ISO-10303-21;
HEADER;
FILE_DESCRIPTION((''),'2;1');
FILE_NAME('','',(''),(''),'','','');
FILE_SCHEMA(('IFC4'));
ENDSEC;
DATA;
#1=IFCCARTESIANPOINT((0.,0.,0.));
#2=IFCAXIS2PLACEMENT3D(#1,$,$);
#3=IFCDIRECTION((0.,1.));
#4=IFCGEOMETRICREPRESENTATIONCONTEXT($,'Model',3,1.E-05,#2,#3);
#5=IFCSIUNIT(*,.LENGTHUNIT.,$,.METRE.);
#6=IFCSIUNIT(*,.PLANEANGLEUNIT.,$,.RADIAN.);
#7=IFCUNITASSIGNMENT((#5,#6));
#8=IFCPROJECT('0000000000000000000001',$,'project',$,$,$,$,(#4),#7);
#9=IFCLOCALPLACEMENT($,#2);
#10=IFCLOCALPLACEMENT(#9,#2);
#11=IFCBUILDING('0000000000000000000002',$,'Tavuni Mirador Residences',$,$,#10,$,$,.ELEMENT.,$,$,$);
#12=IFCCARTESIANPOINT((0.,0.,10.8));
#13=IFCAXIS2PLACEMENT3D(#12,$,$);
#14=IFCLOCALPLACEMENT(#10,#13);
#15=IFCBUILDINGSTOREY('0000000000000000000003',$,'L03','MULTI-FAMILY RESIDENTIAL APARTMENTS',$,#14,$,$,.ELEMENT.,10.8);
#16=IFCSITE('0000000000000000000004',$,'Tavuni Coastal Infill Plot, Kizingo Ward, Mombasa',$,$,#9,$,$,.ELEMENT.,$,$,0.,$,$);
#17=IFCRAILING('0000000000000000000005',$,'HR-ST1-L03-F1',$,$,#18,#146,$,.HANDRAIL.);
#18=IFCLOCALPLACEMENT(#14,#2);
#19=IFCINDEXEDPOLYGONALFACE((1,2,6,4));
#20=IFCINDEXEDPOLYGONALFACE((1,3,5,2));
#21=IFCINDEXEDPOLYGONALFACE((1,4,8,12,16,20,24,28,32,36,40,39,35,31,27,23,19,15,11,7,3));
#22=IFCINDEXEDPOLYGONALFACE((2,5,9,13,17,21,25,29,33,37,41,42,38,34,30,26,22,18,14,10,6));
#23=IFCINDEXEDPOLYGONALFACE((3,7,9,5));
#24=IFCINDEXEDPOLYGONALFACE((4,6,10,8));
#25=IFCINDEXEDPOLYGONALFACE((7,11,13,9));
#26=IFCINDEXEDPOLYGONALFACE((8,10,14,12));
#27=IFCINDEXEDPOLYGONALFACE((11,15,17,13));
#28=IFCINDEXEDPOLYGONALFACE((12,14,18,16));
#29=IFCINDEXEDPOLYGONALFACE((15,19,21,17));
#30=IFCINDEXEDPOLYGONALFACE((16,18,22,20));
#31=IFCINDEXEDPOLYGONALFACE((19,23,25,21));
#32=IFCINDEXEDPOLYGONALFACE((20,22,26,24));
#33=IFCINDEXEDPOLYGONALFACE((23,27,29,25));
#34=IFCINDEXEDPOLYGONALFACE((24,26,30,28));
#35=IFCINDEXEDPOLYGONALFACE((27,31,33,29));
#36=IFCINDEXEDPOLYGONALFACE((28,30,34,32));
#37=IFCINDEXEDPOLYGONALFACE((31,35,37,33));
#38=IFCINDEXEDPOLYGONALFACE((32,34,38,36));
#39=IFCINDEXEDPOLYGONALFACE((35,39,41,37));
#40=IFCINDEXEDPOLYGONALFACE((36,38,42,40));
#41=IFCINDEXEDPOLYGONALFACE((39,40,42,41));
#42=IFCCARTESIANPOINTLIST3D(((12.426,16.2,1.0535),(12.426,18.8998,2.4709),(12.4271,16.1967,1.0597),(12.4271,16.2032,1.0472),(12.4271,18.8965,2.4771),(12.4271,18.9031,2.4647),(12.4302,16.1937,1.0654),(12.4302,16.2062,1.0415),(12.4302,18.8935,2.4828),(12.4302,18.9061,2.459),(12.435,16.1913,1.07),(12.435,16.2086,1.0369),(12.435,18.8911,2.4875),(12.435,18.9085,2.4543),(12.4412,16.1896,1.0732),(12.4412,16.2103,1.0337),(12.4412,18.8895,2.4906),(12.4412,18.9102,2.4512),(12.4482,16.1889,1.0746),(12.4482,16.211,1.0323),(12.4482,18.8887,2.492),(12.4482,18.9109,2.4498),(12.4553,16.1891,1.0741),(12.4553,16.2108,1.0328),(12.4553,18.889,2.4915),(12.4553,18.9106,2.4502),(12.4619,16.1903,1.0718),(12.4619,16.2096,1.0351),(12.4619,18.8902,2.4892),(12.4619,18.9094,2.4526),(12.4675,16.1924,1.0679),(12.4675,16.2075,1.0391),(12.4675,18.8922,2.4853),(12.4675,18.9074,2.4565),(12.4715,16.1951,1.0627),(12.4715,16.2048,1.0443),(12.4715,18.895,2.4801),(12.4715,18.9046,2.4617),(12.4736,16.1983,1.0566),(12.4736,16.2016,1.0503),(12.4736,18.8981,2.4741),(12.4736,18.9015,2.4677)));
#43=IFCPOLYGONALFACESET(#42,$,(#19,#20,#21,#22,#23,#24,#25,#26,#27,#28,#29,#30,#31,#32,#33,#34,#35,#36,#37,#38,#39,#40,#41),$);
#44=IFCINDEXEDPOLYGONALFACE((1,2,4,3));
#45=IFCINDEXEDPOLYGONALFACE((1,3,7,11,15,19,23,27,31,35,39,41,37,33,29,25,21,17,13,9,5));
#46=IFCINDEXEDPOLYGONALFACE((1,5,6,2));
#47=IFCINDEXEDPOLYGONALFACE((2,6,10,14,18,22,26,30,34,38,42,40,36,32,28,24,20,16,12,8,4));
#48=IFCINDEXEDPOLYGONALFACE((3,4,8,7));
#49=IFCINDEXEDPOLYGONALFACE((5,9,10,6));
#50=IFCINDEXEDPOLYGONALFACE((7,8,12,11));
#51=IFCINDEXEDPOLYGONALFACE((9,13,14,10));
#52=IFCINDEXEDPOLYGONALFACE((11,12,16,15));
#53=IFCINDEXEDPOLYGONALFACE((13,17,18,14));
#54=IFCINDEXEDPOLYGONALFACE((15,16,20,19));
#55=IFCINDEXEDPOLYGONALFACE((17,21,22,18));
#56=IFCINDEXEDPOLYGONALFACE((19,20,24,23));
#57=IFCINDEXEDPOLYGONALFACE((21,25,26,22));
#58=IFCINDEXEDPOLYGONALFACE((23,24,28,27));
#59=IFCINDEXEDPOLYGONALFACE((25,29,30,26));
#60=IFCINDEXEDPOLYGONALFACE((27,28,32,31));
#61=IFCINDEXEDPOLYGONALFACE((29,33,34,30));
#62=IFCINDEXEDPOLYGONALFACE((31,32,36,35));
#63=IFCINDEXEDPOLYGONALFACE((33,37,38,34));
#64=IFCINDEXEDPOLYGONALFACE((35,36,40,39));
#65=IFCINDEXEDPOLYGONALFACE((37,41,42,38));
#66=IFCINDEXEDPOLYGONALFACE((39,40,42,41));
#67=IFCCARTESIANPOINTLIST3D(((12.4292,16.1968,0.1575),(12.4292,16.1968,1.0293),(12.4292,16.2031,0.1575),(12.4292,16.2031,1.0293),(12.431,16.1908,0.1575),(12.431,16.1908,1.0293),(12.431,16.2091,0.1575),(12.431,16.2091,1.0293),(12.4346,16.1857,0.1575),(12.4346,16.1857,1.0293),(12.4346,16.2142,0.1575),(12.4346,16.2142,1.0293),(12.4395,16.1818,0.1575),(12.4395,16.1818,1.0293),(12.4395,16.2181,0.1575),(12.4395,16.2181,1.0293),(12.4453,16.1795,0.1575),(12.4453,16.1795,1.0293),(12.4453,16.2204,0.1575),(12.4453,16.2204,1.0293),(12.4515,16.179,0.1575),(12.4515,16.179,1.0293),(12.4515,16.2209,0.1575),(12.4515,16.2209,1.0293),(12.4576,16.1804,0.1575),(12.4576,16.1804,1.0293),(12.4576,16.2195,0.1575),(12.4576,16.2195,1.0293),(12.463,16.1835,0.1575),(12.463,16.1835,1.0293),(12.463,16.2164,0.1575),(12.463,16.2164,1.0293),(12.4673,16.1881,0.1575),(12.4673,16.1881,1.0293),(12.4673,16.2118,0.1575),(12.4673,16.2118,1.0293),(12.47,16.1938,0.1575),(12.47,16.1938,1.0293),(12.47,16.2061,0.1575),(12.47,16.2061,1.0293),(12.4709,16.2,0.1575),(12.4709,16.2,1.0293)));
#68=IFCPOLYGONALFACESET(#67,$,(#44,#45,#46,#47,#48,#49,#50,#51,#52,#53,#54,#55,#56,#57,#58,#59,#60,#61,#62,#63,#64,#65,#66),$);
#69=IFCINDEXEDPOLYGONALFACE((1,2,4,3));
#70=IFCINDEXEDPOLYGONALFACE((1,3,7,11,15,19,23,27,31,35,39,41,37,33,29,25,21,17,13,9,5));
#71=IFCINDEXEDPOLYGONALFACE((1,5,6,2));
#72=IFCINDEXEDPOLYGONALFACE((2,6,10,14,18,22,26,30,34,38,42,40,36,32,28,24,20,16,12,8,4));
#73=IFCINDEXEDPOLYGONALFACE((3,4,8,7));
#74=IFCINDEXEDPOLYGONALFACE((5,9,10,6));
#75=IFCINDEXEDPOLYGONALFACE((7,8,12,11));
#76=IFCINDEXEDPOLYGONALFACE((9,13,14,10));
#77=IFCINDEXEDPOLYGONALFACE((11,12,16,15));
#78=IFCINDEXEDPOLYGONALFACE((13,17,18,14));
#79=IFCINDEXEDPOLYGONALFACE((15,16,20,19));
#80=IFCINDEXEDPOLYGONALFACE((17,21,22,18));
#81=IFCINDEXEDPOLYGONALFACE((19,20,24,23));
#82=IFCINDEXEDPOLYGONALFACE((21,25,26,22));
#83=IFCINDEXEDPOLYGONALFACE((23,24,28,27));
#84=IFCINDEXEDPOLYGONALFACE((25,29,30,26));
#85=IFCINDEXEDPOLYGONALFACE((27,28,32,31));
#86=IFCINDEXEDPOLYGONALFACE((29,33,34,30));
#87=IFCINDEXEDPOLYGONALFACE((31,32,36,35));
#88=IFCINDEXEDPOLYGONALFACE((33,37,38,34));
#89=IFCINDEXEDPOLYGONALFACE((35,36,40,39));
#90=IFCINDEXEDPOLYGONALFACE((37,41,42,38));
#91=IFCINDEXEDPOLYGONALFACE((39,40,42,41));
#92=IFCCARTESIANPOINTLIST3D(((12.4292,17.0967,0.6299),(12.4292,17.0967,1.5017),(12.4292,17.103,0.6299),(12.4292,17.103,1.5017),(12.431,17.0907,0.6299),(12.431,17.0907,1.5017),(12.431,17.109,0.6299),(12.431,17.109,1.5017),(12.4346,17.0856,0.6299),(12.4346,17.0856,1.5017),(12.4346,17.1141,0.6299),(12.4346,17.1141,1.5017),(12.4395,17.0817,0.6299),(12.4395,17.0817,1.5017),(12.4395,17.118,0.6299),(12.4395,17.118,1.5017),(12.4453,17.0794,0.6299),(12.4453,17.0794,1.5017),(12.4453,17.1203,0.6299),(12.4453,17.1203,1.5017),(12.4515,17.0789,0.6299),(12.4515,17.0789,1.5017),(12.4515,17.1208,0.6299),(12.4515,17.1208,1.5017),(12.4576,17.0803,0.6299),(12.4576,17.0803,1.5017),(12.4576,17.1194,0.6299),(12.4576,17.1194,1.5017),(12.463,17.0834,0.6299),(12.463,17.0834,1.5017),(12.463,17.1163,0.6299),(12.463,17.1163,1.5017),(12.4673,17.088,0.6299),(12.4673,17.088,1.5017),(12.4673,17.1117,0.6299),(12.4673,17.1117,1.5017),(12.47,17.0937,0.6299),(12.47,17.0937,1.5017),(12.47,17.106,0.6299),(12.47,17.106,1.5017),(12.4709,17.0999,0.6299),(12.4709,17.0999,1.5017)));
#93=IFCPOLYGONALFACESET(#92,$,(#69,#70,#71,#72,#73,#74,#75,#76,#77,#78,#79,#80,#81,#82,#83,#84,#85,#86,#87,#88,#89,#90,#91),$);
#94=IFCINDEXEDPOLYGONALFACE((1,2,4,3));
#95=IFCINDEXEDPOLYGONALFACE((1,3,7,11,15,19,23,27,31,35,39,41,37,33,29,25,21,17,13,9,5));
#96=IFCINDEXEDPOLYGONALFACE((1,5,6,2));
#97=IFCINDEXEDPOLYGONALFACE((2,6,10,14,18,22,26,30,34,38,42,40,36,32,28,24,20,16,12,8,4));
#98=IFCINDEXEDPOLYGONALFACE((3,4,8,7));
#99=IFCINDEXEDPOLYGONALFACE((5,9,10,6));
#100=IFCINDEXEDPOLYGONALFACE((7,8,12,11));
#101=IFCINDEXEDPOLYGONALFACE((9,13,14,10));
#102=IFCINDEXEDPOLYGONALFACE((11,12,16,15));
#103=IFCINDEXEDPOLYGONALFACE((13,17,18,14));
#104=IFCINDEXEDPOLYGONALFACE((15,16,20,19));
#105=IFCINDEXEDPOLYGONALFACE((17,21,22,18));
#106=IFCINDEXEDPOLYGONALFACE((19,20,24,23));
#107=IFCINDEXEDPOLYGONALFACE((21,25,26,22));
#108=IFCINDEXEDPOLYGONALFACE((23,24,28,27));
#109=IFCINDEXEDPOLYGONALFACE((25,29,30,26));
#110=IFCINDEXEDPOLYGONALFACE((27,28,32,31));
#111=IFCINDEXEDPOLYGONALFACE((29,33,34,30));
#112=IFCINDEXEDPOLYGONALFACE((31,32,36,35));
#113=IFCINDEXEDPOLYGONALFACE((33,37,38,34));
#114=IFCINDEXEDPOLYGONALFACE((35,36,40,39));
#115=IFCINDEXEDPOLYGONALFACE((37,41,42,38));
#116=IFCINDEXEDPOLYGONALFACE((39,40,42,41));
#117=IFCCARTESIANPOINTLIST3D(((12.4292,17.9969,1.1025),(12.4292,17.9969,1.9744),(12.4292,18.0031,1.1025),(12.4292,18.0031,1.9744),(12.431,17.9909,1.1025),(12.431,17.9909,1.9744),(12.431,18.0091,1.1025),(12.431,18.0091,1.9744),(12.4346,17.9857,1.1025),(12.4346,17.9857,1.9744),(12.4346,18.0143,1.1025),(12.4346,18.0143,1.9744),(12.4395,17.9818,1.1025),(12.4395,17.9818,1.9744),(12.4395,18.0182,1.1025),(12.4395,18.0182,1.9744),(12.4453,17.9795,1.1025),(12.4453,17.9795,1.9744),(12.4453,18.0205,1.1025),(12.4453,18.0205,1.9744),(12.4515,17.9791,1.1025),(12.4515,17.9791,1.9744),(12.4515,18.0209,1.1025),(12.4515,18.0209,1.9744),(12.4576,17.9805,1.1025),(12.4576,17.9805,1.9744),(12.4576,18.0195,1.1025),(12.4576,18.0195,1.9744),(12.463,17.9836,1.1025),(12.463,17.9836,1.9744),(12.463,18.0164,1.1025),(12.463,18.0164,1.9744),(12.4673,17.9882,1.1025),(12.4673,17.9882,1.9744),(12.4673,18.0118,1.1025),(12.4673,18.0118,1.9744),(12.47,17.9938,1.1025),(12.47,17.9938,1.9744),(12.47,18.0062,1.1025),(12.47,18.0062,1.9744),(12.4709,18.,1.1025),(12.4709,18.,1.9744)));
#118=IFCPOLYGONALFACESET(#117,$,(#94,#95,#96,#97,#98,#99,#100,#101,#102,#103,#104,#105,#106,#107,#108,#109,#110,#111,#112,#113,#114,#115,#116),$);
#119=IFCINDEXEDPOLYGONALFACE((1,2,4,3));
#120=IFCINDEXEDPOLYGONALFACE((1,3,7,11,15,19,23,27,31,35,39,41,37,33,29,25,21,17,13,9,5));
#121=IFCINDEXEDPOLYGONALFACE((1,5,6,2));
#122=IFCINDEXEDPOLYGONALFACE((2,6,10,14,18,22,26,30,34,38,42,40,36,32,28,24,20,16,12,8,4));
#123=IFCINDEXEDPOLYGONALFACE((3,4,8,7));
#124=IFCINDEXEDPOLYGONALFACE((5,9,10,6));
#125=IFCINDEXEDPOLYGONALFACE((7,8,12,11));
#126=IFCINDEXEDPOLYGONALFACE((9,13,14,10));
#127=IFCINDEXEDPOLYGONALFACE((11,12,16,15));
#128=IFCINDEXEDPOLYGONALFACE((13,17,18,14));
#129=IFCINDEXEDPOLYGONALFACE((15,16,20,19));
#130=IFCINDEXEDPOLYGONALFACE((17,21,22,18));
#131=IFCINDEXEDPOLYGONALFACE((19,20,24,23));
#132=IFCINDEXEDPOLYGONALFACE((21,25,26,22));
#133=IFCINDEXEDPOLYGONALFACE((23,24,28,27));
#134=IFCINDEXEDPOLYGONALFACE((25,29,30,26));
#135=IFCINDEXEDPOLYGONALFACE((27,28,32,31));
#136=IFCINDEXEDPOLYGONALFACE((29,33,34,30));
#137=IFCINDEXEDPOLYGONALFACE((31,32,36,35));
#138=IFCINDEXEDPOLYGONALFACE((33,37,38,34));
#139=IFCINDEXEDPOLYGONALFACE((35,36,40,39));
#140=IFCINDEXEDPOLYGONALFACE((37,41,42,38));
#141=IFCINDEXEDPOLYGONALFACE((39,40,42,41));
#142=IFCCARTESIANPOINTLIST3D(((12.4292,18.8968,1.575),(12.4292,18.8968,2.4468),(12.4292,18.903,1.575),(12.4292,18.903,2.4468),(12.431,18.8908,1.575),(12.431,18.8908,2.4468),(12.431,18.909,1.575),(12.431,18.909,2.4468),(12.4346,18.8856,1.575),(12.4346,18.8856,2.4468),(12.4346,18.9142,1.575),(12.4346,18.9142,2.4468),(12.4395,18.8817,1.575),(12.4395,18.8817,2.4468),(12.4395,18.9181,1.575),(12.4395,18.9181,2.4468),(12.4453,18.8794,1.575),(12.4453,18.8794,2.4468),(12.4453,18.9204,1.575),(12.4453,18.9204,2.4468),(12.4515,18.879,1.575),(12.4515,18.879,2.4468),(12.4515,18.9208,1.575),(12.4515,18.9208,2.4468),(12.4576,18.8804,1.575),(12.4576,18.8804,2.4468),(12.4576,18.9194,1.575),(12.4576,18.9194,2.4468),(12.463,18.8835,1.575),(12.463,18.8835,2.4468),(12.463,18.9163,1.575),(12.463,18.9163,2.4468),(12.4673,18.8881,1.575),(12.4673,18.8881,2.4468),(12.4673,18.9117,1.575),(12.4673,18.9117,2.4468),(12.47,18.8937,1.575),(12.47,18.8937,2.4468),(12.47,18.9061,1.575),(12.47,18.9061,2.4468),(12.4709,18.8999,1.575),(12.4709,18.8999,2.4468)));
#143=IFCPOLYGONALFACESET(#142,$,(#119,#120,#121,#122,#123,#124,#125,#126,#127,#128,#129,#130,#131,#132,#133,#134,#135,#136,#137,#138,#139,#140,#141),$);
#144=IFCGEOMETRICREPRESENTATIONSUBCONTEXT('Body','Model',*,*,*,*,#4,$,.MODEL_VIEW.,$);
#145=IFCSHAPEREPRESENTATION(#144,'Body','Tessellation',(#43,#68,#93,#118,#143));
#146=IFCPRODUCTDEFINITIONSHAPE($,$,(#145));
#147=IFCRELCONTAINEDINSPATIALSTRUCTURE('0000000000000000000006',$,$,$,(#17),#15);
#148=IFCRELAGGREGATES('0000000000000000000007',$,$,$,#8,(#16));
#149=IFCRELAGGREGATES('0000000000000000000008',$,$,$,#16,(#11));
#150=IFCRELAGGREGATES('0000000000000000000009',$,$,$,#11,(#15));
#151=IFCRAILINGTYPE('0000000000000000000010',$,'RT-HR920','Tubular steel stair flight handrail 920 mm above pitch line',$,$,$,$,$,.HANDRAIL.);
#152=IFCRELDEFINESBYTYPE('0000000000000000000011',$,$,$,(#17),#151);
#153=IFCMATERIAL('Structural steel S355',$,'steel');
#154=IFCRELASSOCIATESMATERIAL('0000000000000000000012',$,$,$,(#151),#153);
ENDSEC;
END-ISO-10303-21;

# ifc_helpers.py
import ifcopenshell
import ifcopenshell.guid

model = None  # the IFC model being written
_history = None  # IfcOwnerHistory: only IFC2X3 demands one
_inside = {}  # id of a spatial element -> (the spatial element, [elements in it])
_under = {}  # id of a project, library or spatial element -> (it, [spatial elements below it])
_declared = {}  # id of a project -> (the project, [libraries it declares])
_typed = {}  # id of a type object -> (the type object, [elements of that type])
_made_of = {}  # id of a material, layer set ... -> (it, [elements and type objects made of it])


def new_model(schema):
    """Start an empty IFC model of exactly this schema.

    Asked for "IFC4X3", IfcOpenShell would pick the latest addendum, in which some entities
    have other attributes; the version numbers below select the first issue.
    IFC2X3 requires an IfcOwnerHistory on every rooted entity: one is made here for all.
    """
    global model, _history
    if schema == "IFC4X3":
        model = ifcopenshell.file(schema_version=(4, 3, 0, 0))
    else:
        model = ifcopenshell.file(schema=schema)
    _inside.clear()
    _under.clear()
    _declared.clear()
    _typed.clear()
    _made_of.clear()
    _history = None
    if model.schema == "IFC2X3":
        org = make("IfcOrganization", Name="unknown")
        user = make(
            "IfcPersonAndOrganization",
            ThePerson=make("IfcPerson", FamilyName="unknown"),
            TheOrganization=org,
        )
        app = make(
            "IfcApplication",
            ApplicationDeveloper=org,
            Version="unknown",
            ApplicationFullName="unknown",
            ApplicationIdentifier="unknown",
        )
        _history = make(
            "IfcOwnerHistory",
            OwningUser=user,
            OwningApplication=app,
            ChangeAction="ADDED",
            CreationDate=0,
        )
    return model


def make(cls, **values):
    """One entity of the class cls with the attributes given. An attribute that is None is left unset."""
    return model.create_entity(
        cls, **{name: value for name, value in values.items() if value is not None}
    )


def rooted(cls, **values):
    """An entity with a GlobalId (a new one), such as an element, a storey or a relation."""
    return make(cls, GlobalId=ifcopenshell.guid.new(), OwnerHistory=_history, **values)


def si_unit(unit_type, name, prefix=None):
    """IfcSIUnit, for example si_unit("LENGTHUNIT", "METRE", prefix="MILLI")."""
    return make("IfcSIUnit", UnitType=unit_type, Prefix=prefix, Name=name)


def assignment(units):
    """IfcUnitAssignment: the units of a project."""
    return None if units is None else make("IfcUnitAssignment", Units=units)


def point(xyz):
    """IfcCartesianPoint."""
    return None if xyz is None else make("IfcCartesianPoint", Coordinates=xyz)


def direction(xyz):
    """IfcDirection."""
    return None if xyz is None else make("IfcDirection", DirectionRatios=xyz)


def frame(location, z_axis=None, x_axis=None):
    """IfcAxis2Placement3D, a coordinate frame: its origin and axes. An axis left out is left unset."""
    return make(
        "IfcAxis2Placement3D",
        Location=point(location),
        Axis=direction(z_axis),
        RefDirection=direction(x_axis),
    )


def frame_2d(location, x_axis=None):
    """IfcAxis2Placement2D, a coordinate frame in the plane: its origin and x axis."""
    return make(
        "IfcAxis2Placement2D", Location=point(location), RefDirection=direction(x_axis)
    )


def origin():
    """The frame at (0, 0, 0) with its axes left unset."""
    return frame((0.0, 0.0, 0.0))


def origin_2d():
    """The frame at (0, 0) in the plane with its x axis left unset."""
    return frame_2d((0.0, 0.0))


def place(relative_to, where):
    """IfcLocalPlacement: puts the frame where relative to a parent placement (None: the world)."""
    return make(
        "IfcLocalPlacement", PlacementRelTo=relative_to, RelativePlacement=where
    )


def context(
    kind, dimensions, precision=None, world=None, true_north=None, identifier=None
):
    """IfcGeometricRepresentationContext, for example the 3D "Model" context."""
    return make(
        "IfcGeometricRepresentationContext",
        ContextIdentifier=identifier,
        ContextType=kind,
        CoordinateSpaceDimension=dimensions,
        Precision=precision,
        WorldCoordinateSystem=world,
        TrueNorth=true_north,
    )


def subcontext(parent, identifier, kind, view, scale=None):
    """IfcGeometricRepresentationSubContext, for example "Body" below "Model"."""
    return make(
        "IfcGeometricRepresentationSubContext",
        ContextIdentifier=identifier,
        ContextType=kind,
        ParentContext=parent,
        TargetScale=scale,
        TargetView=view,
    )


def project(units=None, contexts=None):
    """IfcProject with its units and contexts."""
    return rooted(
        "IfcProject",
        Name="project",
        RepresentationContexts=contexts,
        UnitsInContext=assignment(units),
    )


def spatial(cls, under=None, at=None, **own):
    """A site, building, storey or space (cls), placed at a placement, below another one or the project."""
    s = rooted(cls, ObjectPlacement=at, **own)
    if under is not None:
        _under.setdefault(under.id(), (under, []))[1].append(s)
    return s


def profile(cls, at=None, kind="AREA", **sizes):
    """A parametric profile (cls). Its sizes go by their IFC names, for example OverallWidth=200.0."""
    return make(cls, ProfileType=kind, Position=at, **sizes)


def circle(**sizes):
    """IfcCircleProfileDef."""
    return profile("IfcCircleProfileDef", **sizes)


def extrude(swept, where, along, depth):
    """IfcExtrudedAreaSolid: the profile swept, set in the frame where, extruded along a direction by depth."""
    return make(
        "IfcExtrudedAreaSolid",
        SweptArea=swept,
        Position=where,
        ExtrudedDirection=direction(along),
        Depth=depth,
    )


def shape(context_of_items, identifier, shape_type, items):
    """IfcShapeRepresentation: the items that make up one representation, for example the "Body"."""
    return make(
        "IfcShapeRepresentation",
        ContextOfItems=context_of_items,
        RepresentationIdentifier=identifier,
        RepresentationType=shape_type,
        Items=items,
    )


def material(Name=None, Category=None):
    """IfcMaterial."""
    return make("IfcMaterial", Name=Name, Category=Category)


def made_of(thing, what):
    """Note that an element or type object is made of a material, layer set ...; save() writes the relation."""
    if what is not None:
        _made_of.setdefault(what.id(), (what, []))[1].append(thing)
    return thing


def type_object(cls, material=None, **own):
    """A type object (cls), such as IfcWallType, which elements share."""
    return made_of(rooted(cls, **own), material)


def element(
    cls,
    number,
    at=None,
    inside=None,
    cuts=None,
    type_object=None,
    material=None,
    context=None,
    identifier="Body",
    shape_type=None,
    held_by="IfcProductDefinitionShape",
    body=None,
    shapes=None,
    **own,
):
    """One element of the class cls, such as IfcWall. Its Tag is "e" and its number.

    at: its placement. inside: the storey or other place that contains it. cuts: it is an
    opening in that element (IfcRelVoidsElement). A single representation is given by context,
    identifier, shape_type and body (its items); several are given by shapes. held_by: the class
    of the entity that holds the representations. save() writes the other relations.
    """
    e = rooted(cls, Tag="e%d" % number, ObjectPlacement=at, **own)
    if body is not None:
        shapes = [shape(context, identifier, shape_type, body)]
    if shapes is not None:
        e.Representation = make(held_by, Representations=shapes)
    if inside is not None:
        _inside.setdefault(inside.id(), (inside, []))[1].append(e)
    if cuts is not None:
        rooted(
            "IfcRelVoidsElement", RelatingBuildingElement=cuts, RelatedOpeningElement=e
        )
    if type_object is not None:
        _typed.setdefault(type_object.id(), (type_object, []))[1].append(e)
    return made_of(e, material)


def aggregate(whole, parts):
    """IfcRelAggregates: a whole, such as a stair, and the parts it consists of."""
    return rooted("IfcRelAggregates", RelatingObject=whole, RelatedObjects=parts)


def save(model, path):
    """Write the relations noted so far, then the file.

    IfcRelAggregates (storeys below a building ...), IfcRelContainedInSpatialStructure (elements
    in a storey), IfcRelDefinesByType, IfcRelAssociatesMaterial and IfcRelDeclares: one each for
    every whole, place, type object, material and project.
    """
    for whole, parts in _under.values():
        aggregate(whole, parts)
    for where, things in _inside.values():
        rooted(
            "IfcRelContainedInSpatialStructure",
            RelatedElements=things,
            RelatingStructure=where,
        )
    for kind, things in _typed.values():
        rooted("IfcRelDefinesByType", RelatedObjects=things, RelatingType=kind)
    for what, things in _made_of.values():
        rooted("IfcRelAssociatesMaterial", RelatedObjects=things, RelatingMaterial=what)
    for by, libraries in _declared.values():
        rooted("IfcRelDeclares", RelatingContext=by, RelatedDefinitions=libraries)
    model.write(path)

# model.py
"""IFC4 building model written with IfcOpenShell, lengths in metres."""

from ifc_helpers import new_model, si_unit, direction, frame, origin, origin_2d, place, context, subcontext, project, spatial, circle, extrude, material, type_object, element, save


model = new_model("IFC4")

# Units and contexts
model_context = context("Model", 3, precision=1e-05, world=origin(), true_north=direction((0.0, 1.0)))
body_context = subcontext(model_context, "Body", "Model", "MODEL_VIEW")
ifc_project = project(units=[si_unit("LENGTHUNIT", "METRE"), si_unit("PLANEANGLEUNIT", "RADIAN")], contexts=[model_context])

# Site, building, storey
site_placement = place(None, origin())
site = spatial("IfcSite", under=ifc_project, at=site_placement, Name="Tavuni Coastal Infill Plot, Kizingo Ward, Mombasa", CompositionType="ELEMENT", RefElevation=0.0)
building_placement = place(site_placement, origin())
building = spatial("IfcBuilding", under=site, at=building_placement, Name="Tavuni Mirador Residences", CompositionType="ELEMENT")
storey_placement = place(building_placement, frame((0.0, 0.0, 10.8)))
storey = spatial("IfcBuildingStorey", under=building, at=storey_placement, Name="L03", Description="MULTI-FAMILY RESIDENTIAL APARTMENTS", CompositionType="ELEMENT", Elevation=10.8)

# Shared definitions
ifc_material_1 = material(Name="Structural steel S355", Category="steel")

# Railing
railing_type_1 = type_object("IfcRailingType", Name="RT-HR920", Description="Tubular steel stair flight handrail 920 mm above pitch line", PredefinedType="HANDRAIL", material=ifc_material_1)
railing_1_placement = place(storey_placement, frame((12.45, 16.2, 0.1575)))
element("IfcRailing", 1, at=railing_1_placement, inside=storey, type_object=railing_type_1, Name="HR-ST1-L03-F1", PredefinedType="HANDRAIL", context=body_context, shape_type="SweptSolid", body=[
    extrude(circle(Radius=0.0239, at=origin_2d()), frame((0.0, 0.0, 0.896), z_axis=(0.0, 0.885397, 0.464835), x_axis=(-1.0, 0.0, 0.0)), (0.0, 0.0, 1.0), 3.0493),
    extrude(circle(Radius=0.021, at=origin_2d()), origin(), (0.0, 0.0, 1.0), 0.8718),
    extrude(circle(Radius=0.021, at=origin_2d()), frame((0.0, 0.8999, 0.4724)), (0.0, 0.0, 1.0), 0.8718),
    extrude(circle(Radius=0.021, at=origin_2d()), frame((0.0, 1.8, 0.9451)), (0.0, 0.0, 1.0), 0.8718),
    extrude(circle(Radius=0.021, at=origin_2d()), frame((0.0, 2.7, 1.4175)), (0.0, 0.0, 1.0), 0.8718),
])

save(model, "model.ifc")
